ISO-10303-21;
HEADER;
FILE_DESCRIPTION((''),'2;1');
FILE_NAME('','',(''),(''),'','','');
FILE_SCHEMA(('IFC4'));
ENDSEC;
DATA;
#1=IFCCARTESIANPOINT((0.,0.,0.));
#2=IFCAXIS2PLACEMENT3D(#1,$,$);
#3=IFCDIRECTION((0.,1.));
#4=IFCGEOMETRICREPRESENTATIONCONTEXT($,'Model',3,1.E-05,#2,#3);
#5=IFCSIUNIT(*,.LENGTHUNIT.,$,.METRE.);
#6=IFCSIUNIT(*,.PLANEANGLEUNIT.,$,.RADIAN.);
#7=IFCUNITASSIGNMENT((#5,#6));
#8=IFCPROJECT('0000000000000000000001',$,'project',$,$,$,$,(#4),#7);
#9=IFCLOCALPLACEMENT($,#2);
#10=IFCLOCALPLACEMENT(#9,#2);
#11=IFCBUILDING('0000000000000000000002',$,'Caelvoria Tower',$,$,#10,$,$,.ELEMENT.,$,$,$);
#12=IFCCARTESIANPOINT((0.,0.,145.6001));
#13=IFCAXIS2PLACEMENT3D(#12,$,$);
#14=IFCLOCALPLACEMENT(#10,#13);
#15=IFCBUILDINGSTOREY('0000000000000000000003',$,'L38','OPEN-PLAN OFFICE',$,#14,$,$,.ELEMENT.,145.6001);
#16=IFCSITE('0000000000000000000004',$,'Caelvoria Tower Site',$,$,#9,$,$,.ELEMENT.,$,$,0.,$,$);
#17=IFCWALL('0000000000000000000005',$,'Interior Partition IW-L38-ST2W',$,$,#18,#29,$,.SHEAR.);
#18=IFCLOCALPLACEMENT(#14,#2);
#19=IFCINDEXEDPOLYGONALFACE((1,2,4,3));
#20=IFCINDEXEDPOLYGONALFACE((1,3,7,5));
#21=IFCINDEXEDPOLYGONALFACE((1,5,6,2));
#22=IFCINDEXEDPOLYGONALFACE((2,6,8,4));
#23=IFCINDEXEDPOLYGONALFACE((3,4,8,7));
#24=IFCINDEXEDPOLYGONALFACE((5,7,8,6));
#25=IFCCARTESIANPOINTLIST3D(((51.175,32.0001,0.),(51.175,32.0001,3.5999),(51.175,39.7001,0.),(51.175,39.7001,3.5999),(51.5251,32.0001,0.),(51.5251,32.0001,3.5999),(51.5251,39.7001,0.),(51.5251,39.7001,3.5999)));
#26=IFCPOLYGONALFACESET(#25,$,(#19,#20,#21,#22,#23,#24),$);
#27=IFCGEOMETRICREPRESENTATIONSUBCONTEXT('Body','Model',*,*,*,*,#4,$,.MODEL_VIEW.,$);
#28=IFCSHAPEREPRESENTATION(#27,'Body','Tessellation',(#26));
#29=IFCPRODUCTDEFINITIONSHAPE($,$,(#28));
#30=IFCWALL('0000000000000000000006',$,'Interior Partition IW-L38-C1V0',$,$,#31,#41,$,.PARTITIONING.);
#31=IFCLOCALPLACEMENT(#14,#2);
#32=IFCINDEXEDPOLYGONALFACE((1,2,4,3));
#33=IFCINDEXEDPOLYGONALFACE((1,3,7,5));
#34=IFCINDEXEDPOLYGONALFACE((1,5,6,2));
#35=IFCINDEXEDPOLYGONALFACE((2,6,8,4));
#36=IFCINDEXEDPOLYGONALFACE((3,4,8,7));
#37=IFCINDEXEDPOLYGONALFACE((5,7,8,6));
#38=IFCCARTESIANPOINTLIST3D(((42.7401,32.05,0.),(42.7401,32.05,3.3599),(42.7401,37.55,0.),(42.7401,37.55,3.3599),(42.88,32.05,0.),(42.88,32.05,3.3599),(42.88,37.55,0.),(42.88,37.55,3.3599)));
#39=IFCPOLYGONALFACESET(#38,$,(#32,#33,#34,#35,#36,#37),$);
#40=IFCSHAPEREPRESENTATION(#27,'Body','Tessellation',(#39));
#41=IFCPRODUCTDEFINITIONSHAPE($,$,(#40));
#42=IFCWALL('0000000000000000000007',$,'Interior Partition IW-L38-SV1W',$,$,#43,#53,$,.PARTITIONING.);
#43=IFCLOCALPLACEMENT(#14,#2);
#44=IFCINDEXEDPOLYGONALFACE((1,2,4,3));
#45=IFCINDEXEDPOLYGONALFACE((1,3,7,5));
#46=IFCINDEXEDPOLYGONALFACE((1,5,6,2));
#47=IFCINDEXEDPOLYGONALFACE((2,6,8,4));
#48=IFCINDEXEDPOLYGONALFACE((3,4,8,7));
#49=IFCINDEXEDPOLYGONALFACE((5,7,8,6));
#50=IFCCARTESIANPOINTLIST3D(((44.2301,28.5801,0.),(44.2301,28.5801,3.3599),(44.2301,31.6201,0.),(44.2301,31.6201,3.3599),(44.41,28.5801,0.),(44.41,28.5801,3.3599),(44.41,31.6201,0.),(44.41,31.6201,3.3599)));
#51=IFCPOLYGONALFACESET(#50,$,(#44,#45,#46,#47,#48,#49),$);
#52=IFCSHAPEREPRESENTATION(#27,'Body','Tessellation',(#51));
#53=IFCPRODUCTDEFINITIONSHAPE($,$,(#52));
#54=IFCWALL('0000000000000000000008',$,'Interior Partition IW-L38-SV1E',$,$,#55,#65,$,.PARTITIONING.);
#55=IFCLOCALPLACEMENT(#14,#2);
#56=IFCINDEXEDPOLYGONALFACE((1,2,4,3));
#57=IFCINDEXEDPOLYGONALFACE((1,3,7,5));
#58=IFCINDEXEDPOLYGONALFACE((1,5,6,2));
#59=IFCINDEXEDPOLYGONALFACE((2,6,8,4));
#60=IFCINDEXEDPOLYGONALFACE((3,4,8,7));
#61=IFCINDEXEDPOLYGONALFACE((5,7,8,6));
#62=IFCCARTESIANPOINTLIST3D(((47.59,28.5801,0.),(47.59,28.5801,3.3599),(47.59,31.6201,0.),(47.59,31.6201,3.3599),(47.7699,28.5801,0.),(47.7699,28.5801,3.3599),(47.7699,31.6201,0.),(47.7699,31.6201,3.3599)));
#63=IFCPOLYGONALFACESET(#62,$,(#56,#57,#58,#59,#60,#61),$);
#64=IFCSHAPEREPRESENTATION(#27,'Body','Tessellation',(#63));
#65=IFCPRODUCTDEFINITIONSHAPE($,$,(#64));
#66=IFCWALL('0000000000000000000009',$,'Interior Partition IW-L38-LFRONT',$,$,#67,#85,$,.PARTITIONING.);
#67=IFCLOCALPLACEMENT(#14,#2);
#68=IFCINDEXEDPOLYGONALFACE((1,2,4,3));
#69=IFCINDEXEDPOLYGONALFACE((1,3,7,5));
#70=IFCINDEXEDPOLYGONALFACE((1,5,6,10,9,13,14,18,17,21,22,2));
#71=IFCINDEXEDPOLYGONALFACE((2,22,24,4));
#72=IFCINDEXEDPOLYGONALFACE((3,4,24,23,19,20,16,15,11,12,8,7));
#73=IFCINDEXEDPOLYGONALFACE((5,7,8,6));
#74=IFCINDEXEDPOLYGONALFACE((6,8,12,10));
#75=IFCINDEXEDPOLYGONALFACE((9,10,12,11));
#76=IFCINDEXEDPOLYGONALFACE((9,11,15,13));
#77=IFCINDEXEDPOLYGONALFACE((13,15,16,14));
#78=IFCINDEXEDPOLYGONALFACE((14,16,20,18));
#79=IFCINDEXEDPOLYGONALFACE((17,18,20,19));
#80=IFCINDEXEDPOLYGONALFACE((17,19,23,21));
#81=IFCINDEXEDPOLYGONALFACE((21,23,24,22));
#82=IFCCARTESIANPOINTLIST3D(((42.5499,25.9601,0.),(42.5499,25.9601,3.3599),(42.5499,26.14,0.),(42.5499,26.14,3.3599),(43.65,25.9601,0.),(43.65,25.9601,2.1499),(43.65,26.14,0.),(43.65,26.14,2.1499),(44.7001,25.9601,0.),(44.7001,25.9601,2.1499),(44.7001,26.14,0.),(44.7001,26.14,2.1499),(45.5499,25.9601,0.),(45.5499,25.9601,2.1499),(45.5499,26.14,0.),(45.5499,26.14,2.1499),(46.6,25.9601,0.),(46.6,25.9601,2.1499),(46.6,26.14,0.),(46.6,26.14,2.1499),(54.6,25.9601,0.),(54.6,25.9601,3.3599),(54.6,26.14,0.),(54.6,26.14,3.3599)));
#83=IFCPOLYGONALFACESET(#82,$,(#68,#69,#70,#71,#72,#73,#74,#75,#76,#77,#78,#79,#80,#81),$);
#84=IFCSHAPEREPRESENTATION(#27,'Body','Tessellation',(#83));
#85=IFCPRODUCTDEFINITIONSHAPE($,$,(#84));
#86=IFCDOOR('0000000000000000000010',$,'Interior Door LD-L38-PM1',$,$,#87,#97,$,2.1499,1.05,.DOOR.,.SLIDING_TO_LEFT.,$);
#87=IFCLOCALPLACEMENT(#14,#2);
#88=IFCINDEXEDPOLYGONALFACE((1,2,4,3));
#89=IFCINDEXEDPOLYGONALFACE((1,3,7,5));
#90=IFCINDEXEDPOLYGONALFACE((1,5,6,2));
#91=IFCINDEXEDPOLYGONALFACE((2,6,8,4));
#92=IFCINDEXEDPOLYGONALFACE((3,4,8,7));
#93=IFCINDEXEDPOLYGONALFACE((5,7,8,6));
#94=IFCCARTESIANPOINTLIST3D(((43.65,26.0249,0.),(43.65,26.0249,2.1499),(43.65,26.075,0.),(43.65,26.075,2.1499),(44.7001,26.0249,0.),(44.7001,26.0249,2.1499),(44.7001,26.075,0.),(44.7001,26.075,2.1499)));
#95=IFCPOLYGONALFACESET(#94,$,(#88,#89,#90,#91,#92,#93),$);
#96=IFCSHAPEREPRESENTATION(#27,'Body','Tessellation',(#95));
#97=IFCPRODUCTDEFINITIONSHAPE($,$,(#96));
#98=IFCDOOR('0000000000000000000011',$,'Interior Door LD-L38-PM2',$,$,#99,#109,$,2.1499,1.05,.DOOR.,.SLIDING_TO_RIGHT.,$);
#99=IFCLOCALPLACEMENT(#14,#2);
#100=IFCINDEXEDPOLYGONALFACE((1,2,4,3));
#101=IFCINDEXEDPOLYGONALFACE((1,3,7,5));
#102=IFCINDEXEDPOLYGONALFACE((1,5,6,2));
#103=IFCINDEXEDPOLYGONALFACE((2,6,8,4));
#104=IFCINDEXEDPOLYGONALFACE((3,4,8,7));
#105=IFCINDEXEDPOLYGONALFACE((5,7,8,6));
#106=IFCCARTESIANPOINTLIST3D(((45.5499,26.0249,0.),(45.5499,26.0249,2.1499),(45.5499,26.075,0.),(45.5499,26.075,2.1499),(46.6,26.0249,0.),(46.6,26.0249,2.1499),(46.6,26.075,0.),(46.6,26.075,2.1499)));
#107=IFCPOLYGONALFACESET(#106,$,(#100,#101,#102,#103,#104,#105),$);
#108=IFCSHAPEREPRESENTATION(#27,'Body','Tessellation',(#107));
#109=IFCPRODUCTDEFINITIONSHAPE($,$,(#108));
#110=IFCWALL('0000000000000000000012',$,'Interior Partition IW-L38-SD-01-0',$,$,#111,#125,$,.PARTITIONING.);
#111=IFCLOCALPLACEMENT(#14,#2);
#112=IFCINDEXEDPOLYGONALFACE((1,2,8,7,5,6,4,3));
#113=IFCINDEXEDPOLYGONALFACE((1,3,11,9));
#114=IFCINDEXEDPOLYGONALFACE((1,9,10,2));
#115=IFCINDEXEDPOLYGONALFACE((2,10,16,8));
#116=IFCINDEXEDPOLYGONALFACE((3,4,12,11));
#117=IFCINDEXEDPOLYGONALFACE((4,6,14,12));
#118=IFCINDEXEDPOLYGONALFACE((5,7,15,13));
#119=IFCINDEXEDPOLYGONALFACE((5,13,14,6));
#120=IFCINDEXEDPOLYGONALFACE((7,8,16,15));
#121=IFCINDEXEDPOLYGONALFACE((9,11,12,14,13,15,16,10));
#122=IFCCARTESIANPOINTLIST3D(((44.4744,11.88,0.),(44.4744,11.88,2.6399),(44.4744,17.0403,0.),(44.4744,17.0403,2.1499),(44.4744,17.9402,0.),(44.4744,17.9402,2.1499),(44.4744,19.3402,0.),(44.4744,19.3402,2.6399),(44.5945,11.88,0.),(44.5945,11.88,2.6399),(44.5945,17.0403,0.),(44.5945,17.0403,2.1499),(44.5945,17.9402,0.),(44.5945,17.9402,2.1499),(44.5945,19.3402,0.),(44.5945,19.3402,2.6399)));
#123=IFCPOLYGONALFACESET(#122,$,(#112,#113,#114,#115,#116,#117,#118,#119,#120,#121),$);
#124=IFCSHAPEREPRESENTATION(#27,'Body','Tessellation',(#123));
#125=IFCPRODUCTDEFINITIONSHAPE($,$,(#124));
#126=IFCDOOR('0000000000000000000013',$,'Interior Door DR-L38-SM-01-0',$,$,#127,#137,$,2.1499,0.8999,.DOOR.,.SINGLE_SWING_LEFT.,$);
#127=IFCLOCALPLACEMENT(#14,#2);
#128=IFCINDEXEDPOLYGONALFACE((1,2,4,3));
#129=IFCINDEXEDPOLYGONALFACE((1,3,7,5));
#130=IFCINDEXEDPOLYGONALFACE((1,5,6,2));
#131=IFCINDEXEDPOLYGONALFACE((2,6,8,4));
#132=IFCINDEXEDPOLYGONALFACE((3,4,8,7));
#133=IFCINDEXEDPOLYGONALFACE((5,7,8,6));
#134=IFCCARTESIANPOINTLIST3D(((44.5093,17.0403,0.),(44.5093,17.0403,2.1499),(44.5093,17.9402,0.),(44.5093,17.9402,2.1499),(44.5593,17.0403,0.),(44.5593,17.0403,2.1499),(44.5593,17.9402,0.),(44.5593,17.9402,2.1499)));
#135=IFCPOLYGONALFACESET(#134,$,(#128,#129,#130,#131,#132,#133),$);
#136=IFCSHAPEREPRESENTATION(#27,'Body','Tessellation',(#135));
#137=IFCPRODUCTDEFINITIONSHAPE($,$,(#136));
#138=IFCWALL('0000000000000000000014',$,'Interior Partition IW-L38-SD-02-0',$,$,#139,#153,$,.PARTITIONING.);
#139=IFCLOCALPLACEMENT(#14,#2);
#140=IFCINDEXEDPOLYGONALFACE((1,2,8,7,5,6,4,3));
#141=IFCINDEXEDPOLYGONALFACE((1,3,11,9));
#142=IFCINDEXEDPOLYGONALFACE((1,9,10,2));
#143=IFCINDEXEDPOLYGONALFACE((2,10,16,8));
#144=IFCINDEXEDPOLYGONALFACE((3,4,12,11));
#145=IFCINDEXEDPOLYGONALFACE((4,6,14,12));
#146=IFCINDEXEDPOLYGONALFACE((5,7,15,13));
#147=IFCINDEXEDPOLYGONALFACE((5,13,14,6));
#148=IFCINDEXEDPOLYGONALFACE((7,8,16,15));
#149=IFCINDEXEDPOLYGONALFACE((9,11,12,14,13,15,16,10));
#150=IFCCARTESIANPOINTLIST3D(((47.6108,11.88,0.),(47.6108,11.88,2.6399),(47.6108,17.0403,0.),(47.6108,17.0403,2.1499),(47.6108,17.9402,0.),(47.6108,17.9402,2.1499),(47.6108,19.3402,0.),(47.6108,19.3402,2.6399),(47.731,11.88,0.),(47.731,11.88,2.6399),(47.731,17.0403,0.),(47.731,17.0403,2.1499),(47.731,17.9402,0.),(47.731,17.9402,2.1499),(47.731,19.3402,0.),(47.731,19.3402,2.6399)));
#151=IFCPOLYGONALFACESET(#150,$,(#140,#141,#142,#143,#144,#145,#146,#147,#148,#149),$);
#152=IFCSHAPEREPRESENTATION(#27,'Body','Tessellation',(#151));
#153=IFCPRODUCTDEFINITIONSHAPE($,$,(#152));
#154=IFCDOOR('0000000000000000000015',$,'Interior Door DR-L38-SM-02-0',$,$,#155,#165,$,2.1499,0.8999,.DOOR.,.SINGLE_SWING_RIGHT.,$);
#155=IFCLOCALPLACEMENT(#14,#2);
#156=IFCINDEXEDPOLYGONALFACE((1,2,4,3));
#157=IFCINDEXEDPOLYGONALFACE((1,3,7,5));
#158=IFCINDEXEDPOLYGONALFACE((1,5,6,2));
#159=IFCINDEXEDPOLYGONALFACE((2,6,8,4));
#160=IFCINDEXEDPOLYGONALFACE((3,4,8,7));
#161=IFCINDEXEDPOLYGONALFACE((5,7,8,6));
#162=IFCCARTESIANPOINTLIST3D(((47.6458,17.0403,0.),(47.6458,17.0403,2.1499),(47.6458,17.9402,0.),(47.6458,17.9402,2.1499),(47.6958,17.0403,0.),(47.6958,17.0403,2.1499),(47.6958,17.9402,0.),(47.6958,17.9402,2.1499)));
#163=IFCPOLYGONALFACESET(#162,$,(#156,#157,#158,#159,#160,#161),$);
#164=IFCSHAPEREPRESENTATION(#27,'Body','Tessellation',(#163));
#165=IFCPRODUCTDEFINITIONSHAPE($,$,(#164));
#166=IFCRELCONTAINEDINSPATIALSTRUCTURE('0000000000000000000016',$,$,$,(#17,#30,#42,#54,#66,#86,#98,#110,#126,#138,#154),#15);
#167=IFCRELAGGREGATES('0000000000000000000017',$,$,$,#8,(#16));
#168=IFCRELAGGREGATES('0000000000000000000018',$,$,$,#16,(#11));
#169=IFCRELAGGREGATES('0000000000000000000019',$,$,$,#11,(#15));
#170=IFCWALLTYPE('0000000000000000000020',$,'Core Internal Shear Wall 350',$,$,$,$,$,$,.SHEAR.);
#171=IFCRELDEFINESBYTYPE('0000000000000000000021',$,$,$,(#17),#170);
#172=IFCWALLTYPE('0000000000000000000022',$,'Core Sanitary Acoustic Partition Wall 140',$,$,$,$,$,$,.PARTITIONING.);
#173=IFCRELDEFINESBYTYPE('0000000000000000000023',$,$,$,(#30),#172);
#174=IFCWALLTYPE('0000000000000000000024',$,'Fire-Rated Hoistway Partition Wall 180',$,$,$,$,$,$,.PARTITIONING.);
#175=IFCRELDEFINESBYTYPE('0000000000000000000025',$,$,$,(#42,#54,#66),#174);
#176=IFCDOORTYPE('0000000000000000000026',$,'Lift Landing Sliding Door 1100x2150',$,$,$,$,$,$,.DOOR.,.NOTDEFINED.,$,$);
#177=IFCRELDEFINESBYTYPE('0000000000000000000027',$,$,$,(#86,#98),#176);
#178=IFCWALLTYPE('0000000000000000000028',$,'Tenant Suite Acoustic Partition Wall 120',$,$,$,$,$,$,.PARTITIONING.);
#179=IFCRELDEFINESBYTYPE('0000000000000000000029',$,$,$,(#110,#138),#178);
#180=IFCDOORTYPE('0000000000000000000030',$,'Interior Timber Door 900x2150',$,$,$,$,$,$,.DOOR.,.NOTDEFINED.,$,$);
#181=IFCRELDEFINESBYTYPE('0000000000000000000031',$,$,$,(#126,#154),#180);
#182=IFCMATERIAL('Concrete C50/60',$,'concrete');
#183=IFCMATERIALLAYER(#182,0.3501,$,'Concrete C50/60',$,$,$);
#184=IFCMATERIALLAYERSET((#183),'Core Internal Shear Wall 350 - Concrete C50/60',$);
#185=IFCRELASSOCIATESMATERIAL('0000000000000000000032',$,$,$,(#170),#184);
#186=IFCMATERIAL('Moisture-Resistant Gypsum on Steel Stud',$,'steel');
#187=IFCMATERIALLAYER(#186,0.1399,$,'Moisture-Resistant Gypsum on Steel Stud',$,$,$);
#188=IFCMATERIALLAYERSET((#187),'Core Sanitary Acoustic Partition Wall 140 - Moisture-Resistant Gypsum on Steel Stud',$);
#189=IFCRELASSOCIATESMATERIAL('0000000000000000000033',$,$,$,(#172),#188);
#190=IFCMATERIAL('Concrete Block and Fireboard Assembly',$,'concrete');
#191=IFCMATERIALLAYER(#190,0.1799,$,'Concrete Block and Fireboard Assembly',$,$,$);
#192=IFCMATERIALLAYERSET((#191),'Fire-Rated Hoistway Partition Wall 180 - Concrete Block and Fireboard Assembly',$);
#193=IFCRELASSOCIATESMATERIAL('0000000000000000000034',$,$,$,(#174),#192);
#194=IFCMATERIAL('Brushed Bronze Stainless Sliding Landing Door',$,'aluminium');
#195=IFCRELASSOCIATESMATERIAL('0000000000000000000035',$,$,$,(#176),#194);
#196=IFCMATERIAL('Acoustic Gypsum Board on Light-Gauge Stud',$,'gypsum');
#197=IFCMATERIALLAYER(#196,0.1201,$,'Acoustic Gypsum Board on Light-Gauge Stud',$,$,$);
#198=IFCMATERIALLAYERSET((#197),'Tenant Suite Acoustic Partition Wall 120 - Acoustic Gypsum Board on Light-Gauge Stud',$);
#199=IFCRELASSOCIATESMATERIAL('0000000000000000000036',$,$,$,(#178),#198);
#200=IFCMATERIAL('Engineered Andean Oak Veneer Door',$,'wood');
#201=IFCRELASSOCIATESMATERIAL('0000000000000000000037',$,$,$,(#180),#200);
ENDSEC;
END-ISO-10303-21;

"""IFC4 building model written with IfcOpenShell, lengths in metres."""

from ifc_helpers import new_model, si_unit, direction, frame, frame_2d, origin, place, context, subcontext, project, spatial, rectangle, extrude, material, layer, layer_set, type_object, element, fill, save


model = new_model("IFC4")

# Units and contexts
model_context = context("Model", 3, precision=1e-05, world=origin(), true_north=direction((0.0, 1.0)))
body_context = subcontext(model_context, "Body", "Model", "MODEL_VIEW")
ifc_project = project(units=[si_unit("LENGTHUNIT", "METRE"), si_unit("PLANEANGLEUNIT", "RADIAN")], contexts=[model_context])

# Site, building, storey
site_placement = place(None, origin())
site = spatial("IfcSite", under=ifc_project, at=site_placement, Name="Caelvoria Tower Site", CompositionType="ELEMENT", RefElevation=0.0)
building_placement = place(site_placement, origin())
building = spatial("IfcBuilding", under=site, at=building_placement, Name="Caelvoria Tower", CompositionType="ELEMENT")
storey_placement = place(building_placement, frame((0.0, 0.0, 145.6001)))
storey = spatial("IfcBuildingStorey", under=building, at=storey_placement, Name="L38", Description="OPEN-PLAN OFFICE", CompositionType="ELEMENT", Elevation=145.6001)

# Walls
ifc_material_1 = material(Name="Concrete C50/60", Category="concrete")
ifc_layer_1 = layer(ifc_material_1, 0.3501, Name="Concrete C50/60")
ifc_layer_set_1 = layer_set([ifc_layer_1], Name="Core Internal Shear Wall 350 - Concrete C50/60")
wall_type_1 = type_object("IfcWallType", Name="Core Internal Shear Wall 350", PredefinedType="SHEAR", material=ifc_layer_set_1)
wall_1_placement = place(storey_placement, frame((51.3501, 32.0, 0.0), z_axis=(0.0, 0.0, 1.0), x_axis=(0.0, 1.0, 0.0)))
element("IfcWall", 1, at=wall_1_placement, inside=storey, type_object=wall_type_1, Name="Interior Partition IW-L38-ST2W", PredefinedType="SHEAR", context=body_context, shape_type="SweptSolid", body=[
    extrude(rectangle(XDim=7.7, YDim=0.3501, at=frame_2d((3.8501, 0.0))), origin(), (0.0, 0.0, 1.0), 3.5999),
])
ifc_material_2 = material(Name="Moisture-Resistant Gypsum on Steel Stud", Category="steel")
ifc_layer_2 = layer(ifc_material_2, 0.1399, Name="Moisture-Resistant Gypsum on Steel Stud")
ifc_layer_set_2 = layer_set([ifc_layer_2], Name="Core Sanitary Acoustic Partition Wall 140 - Moisture-Resistant Gypsum on Steel Stud")
wall_type_2 = type_object("IfcWallType", Name="Core Sanitary Acoustic Partition Wall 140", PredefinedType="PARTITIONING", material=ifc_layer_set_2)
wall_2_placement = place(storey_placement, frame((42.8101, 32.05, 0.0), z_axis=(0.0, 0.0, 1.0), x_axis=(0.0, 1.0, 0.0)))
element("IfcWall", 2, at=wall_2_placement, inside=storey, type_object=wall_type_2, Name="Interior Partition IW-L38-C1V0", PredefinedType="PARTITIONING", context=body_context, shape_type="SweptSolid", body=[
    extrude(rectangle(XDim=5.5, YDim=0.1399, at=frame_2d((2.75, 0.0))), origin(), (0.0, 0.0, 1.0), 3.3599),
])
ifc_material_3 = material(Name="Concrete Block and Fireboard Assembly", Category="concrete")
ifc_layer_3 = layer(ifc_material_3, 0.1799, Name="Concrete Block and Fireboard Assembly")
ifc_layer_set_3 = layer_set([ifc_layer_3], Name="Fire-Rated Hoistway Partition Wall 180 - Concrete Block and Fireboard Assembly")
wall_type_3 = type_object("IfcWallType", Name="Fire-Rated Hoistway Partition Wall 180", PredefinedType="PARTITIONING", material=ifc_layer_set_3)
for number, where, z_axis, x_axis, name in (
    (3, (44.3201, 28.5801, 0.0), (0.0, 0.0, 1.0), (0.0, 1.0, 0.0), "Interior Partition IW-L38-SV1W"),
    (4, (47.6799, 28.5801, 0.0), (0.0, 0.0, 1.0), (0.0, 1.0, 0.0), "Interior Partition IW-L38-SV1E"),
):
    element("IfcWall", number, at=place(storey_placement, frame(where, z_axis=z_axis, x_axis=x_axis)), inside=storey, type_object=wall_type_3, Name=name, PredefinedType="PARTITIONING", context=body_context, shape_type="SweptSolid", body=[
        extrude(rectangle(XDim=3.04, YDim=0.1799, at=frame_2d((1.52, 0.0))), origin(), (0.0, 0.0, 1.0), 3.3599),
    ])

# Wall, openings, doors
wall_3_placement = place(storey_placement, frame((42.55, 26.05, 0.0), z_axis=(0.0, 0.0, 1.0), x_axis=(1.0, 0.0, 0.0)))
wall_3 = element("IfcWall", 5, at=wall_3_placement, inside=storey, type_object=wall_type_3, Name="Interior Partition IW-L38-LFRONT", PredefinedType="PARTITIONING", context=body_context, shape_type="SweptSolid", body=[
    extrude(rectangle(XDim=12.05, YDim=0.1799, at=frame_2d((6.0249, 0.0))), origin(), (0.0, 0.0, 1.0), 3.3599),
])
opening_1_placement = place(wall_3_placement, frame((1.1001, 0.0, 0.0)))
opening_1 = element("IfcOpeningElement", 6, at=opening_1_placement, cuts=wall_3, PredefinedType="OPENING", context=body_context, shape_type="SweptSolid", body=[
    extrude(rectangle(XDim=1.05, YDim=2.1499, at=frame_2d((0.5249, 1.075))), frame((0.0, 0.0999, 0.0), z_axis=(0.0, -1.0, 0.0), x_axis=(1.0, 0.0, 0.0)), (0.0, 0.0, 1.0), 0.2),
])
opening_2_placement = place(wall_3_placement, frame((3.0, 0.0, 0.0)))
opening_2 = element("IfcOpeningElement", 7, at=opening_2_placement, cuts=wall_3, PredefinedType="OPENING", context=body_context, shape_type="SweptSolid", body=[
    extrude(rectangle(XDim=1.05, YDim=2.1499, at=frame_2d((0.5249, 1.075))), frame((0.0, 0.0999, 0.0), z_axis=(0.0, -1.0, 0.0), x_axis=(1.0, 0.0, 0.0)), (0.0, 0.0, 1.0), 0.2),
])
ifc_material_4 = material(Name="Brushed Bronze Stainless Sliding Landing Door", Category="aluminium")
door_type_1 = type_object("IfcDoorType", Name="Lift Landing Sliding Door 1100x2150", OperationType="NOTDEFINED", PredefinedType="DOOR", material=ifc_material_4)
door_1_placement = place(opening_1_placement, origin())
door_1 = element("IfcDoor", 8, at=door_1_placement, inside=storey, type_object=door_type_1, Name="Interior Door LD-L38-PM1", OperationType="SLIDING_TO_LEFT", OverallHeight=2.1499, OverallWidth=1.05, PredefinedType="DOOR", context=body_context, shape_type="SweptSolid", body=[
    extrude(rectangle(XDim=1.05, YDim=2.1499, at=frame_2d((0.5249, 1.075))), frame((0.0, 0.0249, 0.0), z_axis=(0.0, -1.0, 0.0), x_axis=(1.0, 0.0, 0.0)), (0.0, 0.0, 1.0), 0.05),
])
fill(opening_1, door_1)
door_2_placement = place(opening_2_placement, origin())
door_2 = element("IfcDoor", 9, at=door_2_placement, inside=storey, type_object=door_type_1, Name="Interior Door LD-L38-PM2", OperationType="SLIDING_TO_RIGHT", OverallHeight=2.1499, OverallWidth=1.05, PredefinedType="DOOR", context=body_context, shape_type="SweptSolid", body=[
    extrude(rectangle(XDim=1.05, YDim=2.1499, at=frame_2d((0.5249, 1.075))), frame((0.0, 0.0249, 0.0), z_axis=(0.0, -1.0, 0.0), x_axis=(1.0, 0.0, 0.0)), (0.0, 0.0, 1.0), 0.05),
])
fill(opening_2, door_2)

# Walls, openings, doors
ifc_material_5 = material(Name="Acoustic Gypsum Board on Light-Gauge Stud", Category="gypsum")
ifc_layer_4 = layer(ifc_material_5, 0.1201, Name="Acoustic Gypsum Board on Light-Gauge Stud")
ifc_layer_set_4 = layer_set([ifc_layer_4], Name="Tenant Suite Acoustic Partition Wall 120 - Acoustic Gypsum Board on Light-Gauge Stud")
wall_type_4 = type_object("IfcWallType", Name="Tenant Suite Acoustic Partition Wall 120", PredefinedType="PARTITIONING", material=ifc_layer_set_4)
wall_4_placement = place(storey_placement, frame((44.5344, 19.3401, 0.0), z_axis=(0.0, 0.0, 1.0), x_axis=(0.0, -1.0, 0.0)))
wall_4 = element("IfcWall", 10, at=wall_4_placement, inside=storey, type_object=wall_type_4, Name="Interior Partition IW-L38-SD-01-0", PredefinedType="PARTITIONING", context=body_context, shape_type="SweptSolid", body=[
    extrude(rectangle(XDim=7.4602, YDim=0.1201, at=frame_2d((3.73, 0.0))), origin(), (0.0, 0.0, 1.0), 2.6399),
])
opening_3_placement = place(wall_4_placement, frame((1.3999, 0.0, 0.0)))
opening_3 = element("IfcOpeningElement", 11, at=opening_3_placement, cuts=wall_4, PredefinedType="OPENING", context=body_context, shape_type="SweptSolid", body=[
    extrude(rectangle(XDim=0.8999, YDim=2.1499, at=frame_2d((0.45, 1.075))), frame((0.0, 0.0701, 0.0), z_axis=(0.0, -1.0, 0.0), x_axis=(1.0, 0.0, 0.0)), (0.0, 0.0, 1.0), 0.1401),
])
ifc_material_6 = material(Name="Engineered Andean Oak Veneer Door", Category="wood")
door_type_2 = type_object("IfcDoorType", Name="Interior Timber Door 900x2150", OperationType="NOTDEFINED", PredefinedType="DOOR", material=ifc_material_6)
door_3_placement = place(opening_3_placement, origin())
door_3 = element("IfcDoor", 12, at=door_3_placement, inside=storey, type_object=door_type_2, Name="Interior Door DR-L38-SM-01-0", OperationType="SINGLE_SWING_LEFT", OverallHeight=2.1499, OverallWidth=0.8999, PredefinedType="DOOR", context=body_context, shape_type="SweptSolid", body=[
    extrude(rectangle(XDim=0.8999, YDim=2.1499, at=frame_2d((0.45, 1.075))), frame((0.0, 0.0249, 0.0), z_axis=(0.0, -1.0, 0.0), x_axis=(1.0, 0.0, 0.0)), (0.0, 0.0, 1.0), 0.05),
])
fill(opening_3, door_3)
wall_5_placement = place(storey_placement, frame((47.6709, 19.3401, 0.0), z_axis=(0.0, 0.0, 1.0), x_axis=(0.0, -1.0, 0.0)))
wall_5 = element("IfcWall", 13, at=wall_5_placement, inside=storey, type_object=wall_type_4, Name="Interior Partition IW-L38-SD-02-0", PredefinedType="PARTITIONING", context=body_context, shape_type="SweptSolid", body=[
    extrude(rectangle(XDim=7.4602, YDim=0.1201, at=frame_2d((3.73, 0.0))), origin(), (0.0, 0.0, 1.0), 2.6399),
])
opening_4_placement = place(wall_5_placement, frame((1.3999, 0.0, 0.0)))
opening_4 = element("IfcOpeningElement", 14, at=opening_4_placement, cuts=wall_5, PredefinedType="OPENING", context=body_context, shape_type="SweptSolid", body=[
    extrude(rectangle(XDim=0.8999, YDim=2.1499, at=frame_2d((0.45, 1.075))), frame((0.0, 0.0701, 0.0), z_axis=(0.0, -1.0, 0.0), x_axis=(1.0, 0.0, 0.0)), (0.0, 0.0, 1.0), 0.1401),
])
door_4_placement = place(opening_4_placement, origin())
door_4 = element("IfcDoor", 15, at=door_4_placement, inside=storey, type_object=door_type_2, Name="Interior Door DR-L38-SM-02-0", OperationType="SINGLE_SWING_RIGHT", OverallHeight=2.1499, OverallWidth=0.8999, PredefinedType="DOOR", context=body_context, shape_type="SweptSolid", body=[
    extrude(rectangle(XDim=0.8999, YDim=2.1499, at=frame_2d((0.45, 1.075))), frame((0.0, 0.0249, 0.0), z_axis=(0.0, -1.0, 0.0), x_axis=(1.0, 0.0, 0.0)), (0.0, 0.0, 1.0), 0.05),
])
fill(opening_4, door_4)

save(model, "model.ifc")
